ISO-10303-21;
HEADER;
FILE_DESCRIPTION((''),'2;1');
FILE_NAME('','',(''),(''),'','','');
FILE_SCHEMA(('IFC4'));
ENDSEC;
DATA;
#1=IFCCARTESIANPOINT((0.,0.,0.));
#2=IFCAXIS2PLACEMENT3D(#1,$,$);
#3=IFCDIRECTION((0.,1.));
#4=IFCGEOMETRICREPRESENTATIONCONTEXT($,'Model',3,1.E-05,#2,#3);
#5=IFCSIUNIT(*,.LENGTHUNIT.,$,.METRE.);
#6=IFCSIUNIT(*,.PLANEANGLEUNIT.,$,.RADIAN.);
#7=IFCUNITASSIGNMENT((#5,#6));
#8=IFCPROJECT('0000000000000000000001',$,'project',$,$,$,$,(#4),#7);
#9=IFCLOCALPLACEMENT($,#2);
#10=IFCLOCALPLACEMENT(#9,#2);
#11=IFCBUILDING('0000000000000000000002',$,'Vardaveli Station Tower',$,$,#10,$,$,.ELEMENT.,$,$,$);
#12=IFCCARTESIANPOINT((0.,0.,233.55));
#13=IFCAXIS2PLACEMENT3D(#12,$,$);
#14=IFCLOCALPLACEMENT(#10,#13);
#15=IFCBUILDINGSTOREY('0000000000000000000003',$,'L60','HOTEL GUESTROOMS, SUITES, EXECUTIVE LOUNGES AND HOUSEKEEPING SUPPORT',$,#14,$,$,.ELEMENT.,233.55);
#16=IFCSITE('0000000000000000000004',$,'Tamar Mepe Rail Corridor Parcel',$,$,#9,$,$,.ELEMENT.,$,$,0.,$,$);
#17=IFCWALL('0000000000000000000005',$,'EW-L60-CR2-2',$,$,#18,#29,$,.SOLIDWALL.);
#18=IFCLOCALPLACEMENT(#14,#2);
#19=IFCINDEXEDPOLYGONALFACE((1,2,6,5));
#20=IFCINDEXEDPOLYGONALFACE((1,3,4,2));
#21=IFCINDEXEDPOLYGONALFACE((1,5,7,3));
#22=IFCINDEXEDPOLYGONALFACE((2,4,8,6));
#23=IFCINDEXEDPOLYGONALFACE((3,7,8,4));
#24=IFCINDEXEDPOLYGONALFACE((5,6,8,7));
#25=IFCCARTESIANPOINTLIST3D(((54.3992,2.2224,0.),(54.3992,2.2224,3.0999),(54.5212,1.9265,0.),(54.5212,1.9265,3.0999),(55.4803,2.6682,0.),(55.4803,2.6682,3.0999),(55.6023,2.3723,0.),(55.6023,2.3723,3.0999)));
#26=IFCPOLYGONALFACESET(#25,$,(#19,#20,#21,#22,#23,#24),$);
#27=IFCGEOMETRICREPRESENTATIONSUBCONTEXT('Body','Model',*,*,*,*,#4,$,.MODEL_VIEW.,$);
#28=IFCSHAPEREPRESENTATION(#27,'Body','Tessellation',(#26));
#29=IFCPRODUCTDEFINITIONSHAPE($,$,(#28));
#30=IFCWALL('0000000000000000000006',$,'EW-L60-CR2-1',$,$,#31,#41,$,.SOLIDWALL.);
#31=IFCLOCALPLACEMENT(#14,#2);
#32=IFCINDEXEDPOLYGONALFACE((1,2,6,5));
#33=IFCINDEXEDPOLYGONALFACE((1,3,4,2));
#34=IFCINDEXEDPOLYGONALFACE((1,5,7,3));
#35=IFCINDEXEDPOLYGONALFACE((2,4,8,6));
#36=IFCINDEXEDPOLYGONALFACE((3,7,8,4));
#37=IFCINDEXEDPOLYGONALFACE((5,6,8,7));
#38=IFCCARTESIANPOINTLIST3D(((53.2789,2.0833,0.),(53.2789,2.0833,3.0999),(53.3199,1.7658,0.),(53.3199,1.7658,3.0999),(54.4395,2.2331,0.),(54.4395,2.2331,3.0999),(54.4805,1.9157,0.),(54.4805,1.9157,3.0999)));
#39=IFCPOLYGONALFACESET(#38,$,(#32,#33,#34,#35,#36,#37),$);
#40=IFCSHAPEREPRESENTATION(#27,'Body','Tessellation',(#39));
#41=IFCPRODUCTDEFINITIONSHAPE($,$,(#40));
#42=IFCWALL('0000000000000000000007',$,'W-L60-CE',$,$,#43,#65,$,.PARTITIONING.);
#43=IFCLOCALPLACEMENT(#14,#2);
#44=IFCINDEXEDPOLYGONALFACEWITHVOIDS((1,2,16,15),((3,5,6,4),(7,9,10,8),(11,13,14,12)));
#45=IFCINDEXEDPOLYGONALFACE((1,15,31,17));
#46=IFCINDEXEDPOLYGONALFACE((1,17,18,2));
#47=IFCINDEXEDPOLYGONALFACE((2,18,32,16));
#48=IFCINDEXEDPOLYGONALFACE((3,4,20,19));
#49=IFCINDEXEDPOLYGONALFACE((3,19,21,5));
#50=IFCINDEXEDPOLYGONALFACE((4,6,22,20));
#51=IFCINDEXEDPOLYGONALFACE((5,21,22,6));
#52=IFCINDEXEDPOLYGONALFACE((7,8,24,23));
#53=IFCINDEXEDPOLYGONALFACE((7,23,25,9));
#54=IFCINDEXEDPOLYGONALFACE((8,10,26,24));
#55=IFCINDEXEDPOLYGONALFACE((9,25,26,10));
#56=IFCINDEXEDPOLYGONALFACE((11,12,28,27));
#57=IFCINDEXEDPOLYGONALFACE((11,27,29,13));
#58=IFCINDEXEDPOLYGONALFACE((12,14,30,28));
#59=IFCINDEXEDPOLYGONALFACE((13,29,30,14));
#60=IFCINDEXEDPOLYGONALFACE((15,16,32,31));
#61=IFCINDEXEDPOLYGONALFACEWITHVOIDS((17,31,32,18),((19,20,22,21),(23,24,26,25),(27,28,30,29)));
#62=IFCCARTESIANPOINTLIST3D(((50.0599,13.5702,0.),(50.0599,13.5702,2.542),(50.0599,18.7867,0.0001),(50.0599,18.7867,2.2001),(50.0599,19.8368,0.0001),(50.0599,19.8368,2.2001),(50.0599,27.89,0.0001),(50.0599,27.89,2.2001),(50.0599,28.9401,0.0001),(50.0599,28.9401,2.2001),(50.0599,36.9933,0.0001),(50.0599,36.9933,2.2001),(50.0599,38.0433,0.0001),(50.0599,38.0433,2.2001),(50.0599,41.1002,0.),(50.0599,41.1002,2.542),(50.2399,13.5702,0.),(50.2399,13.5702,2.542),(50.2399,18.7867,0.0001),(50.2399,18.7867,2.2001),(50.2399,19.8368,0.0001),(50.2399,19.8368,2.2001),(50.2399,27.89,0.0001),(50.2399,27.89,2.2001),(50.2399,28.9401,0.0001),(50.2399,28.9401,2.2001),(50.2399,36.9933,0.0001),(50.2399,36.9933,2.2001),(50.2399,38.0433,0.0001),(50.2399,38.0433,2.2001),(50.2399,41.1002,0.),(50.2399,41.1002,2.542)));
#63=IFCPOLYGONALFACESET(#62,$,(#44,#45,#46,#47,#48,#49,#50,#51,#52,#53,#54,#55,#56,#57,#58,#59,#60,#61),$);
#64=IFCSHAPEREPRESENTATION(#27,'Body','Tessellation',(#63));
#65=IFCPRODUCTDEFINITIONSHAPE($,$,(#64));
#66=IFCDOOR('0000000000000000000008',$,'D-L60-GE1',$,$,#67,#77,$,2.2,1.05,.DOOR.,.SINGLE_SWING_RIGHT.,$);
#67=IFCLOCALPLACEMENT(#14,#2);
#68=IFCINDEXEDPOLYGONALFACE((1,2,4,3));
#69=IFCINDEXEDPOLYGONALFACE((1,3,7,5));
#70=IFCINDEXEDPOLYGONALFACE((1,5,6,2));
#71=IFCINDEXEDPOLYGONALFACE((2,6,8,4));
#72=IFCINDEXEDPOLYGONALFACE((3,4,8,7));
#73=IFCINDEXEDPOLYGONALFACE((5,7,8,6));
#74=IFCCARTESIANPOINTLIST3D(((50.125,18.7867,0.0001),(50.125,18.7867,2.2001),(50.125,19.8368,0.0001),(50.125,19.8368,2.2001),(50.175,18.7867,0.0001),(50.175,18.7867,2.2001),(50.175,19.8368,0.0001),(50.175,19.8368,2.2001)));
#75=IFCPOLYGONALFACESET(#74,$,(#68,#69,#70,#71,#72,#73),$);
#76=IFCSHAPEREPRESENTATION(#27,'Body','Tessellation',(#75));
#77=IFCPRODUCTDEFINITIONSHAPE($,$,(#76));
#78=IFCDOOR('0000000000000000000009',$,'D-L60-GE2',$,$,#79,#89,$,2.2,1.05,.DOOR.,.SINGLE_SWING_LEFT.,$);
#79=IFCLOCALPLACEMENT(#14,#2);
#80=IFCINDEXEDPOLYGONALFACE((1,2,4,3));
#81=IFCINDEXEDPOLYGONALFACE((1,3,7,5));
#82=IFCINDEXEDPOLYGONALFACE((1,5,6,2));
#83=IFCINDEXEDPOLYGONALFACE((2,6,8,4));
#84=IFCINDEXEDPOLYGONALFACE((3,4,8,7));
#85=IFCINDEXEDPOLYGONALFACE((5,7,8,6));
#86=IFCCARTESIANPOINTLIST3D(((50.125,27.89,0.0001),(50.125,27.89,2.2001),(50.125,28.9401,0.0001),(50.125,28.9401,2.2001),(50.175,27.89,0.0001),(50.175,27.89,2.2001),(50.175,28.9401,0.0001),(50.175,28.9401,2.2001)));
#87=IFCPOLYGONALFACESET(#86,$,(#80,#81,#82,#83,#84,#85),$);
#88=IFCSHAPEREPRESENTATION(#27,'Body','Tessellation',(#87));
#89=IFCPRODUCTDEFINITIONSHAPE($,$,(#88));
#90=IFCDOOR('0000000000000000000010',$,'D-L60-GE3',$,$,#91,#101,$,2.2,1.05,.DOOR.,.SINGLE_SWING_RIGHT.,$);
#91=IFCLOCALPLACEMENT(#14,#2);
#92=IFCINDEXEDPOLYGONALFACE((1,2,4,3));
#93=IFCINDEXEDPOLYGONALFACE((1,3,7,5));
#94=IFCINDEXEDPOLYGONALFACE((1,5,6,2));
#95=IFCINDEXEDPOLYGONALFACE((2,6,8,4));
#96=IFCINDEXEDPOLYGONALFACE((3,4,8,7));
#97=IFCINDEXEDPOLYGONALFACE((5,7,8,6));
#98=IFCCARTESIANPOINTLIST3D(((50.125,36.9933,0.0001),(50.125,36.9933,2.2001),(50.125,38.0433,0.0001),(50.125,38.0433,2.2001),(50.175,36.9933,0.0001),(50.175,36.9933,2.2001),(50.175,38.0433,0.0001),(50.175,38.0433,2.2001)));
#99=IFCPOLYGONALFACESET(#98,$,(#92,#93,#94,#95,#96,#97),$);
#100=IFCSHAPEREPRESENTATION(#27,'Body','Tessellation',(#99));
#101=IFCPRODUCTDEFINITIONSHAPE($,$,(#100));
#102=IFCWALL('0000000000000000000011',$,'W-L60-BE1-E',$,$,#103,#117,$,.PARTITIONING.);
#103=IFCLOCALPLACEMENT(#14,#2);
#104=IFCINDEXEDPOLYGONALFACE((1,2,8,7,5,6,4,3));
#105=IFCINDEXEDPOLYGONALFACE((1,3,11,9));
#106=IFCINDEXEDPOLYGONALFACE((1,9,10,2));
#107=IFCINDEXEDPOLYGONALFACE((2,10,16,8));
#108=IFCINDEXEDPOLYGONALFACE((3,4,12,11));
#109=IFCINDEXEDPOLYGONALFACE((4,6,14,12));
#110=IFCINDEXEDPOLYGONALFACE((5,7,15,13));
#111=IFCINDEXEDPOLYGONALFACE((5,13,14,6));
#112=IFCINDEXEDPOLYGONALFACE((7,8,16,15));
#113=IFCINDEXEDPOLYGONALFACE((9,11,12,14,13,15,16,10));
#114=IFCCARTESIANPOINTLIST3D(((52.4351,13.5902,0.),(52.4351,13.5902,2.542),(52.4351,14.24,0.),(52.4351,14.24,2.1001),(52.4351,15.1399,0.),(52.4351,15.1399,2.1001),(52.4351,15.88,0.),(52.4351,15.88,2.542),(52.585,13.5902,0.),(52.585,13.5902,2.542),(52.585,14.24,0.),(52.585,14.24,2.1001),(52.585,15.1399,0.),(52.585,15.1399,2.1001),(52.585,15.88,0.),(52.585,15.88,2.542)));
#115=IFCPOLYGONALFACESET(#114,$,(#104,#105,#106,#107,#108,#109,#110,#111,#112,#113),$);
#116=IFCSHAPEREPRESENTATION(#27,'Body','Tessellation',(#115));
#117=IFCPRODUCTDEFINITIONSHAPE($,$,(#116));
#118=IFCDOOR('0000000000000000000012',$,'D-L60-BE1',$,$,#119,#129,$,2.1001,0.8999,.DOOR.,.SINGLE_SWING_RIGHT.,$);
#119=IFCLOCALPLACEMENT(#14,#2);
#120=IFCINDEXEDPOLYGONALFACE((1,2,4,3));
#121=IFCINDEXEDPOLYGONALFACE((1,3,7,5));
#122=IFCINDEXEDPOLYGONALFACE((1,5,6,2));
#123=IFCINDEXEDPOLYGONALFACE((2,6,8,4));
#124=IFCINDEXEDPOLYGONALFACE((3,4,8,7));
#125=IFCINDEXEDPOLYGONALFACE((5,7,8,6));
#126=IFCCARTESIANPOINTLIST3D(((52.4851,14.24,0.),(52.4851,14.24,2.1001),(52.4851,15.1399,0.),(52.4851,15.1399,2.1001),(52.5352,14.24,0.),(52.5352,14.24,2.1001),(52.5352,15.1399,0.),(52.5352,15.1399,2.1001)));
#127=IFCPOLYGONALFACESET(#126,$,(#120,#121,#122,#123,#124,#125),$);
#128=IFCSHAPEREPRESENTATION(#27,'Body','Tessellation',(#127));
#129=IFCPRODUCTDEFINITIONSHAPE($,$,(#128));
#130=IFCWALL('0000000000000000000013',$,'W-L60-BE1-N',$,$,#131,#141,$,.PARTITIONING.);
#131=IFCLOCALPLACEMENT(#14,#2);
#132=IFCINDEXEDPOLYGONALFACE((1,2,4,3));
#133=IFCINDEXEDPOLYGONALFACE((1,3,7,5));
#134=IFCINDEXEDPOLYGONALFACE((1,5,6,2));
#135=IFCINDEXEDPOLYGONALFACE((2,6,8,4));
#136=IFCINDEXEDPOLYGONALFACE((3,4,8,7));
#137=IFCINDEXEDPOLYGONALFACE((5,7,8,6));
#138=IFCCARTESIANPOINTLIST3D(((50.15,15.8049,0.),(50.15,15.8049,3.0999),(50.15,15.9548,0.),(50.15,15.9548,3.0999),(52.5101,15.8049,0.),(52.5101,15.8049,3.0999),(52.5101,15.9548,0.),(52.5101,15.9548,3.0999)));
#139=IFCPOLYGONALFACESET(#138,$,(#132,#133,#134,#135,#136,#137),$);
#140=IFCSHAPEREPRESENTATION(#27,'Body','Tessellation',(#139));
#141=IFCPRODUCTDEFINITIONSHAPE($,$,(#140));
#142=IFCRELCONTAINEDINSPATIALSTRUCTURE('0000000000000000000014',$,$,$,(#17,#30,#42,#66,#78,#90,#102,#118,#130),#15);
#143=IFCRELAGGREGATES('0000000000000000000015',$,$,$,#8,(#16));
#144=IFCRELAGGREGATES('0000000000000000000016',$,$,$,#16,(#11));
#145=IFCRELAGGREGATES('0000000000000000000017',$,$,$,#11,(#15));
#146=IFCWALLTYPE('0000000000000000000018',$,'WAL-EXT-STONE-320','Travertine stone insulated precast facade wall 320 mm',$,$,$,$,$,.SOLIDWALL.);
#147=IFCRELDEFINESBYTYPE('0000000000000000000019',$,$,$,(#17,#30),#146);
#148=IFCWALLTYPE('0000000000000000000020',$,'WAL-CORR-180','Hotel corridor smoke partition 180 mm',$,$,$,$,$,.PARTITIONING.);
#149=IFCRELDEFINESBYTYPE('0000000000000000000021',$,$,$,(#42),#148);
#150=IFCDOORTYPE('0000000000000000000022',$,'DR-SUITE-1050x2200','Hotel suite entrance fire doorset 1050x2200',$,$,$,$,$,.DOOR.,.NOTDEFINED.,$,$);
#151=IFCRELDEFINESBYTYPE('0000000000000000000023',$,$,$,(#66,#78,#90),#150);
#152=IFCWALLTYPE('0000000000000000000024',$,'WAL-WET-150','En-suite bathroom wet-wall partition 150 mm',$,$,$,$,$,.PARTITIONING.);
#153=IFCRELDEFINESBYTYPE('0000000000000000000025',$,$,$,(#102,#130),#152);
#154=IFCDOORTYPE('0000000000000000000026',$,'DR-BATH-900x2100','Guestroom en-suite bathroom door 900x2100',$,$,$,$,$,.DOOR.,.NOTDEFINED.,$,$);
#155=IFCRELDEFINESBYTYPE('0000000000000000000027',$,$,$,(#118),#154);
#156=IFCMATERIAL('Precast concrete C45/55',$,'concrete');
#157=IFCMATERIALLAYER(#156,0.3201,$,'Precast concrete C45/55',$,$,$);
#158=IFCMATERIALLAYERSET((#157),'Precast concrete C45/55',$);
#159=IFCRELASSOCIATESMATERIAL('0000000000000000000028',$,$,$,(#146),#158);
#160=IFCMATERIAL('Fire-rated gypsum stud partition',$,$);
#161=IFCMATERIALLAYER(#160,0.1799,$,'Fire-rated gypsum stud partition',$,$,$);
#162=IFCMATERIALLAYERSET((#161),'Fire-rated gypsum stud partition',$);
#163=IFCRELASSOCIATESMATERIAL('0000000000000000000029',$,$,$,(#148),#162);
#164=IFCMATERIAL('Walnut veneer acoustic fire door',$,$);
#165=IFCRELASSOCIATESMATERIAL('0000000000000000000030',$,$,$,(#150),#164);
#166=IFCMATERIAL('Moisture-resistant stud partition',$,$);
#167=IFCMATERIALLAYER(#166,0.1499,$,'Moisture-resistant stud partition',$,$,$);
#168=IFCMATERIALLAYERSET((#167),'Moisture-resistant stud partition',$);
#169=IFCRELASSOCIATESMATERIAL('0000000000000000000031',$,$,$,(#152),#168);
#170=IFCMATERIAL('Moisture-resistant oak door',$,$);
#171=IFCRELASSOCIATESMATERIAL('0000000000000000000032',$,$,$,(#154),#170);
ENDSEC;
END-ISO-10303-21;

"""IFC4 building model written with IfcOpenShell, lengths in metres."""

from ifc_helpers import new_model, si_unit, direction, frame, frame_2d, origin, place, context, subcontext, project, spatial, rectangle, extrude, source, transform, mapped, material, layer, layer_set, type_object, element, fill, save


model = new_model("IFC4")

# Units and contexts
model_context = context("Model", 3, precision=1e-05, world=origin(), true_north=direction((0.0, 1.0)))
body_context = subcontext(model_context, "Body", "Model", "MODEL_VIEW")
ifc_project = project(units=[si_unit("LENGTHUNIT", "METRE"), si_unit("PLANEANGLEUNIT", "RADIAN")], contexts=[model_context])

# Site, building, storey
site_placement = place(None, origin())
site = spatial("IfcSite", under=ifc_project, at=site_placement, Name="Tamar Mepe Rail Corridor Parcel", CompositionType="ELEMENT", RefElevation=0.0)
building_placement = place(site_placement, origin())
building = spatial("IfcBuilding", under=site, at=building_placement, Name="Vardaveli Station Tower", CompositionType="ELEMENT")
storey_placement = place(building_placement, frame((0.0, 0.0, 233.55)))
storey = spatial("IfcBuildingStorey", under=building, at=storey_placement, Name="L60", Description="HOTEL GUESTROOMS, SUITES, EXECUTIVE LOUNGES AND HOUSEKEEPING SUPPORT", CompositionType="ELEMENT", Elevation=233.55)

# Shared definitions
ifc_material_1 = material(Name="Precast concrete C45/55", Category="concrete")

# Shared definitions
ifc_layer_1 = layer(ifc_material_1, 0.3201, Name="Precast concrete C45/55")
ifc_layer_set_1 = layer_set([ifc_layer_1], Name="Precast concrete C45/55")
wall_type_1 = type_object("IfcWallType", Name="WAL-EXT-STONE-320", Description="Travertine stone insulated precast facade wall 320 mm", PredefinedType="SOLIDWALL", material=ifc_layer_set_1)

# Walls
shared_shape_1 = source(origin(), body_context, "Body", "SweptSolid", [
    extrude(rectangle(XDim=1.1694, YDim=0.3201, at=frame_2d((0.5847, 0.0))), origin(), (0.0, 0.0, 1.0), 3.0999),
])
wall_1_placement = place(storey_placement, frame((54.4602, 2.0745, 0.0), z_axis=(0.0, 0.0, 1.0), x_axis=(0.924479, 0.381233, 0.0)))
element("IfcWall", 1, at=wall_1_placement, inside=storey, type_object=wall_type_1, Name="EW-L60-CR2-2", PredefinedType="SOLIDWALL", context=body_context, shape_type="MappedRepresentation", body=[
    mapped(shared_shape_1, transform((0.0, 0.0, 0.0), scale=1.0)),
])
shared_shape_2 = source(origin(), body_context, "Body", "SweptSolid", [
    extrude(rectangle(XDim=1.1702, YDim=0.3201, at=frame_2d((0.585, 0.0))), origin(), (0.0, 0.0, 1.0), 3.0999),
])
wall_2_placement = place(storey_placement, frame((53.2996, 1.9246, 0.0), z_axis=(0.0, 0.0, 1.0), x_axis=(0.991762, 0.12809, 0.0)))
element("IfcWall", 2, at=wall_2_placement, inside=storey, type_object=wall_type_1, Name="EW-L60-CR2-1", PredefinedType="SOLIDWALL", context=body_context, shape_type="MappedRepresentation", body=[
    mapped(shared_shape_2, transform((0.0, 0.0, 0.0), scale=1.0)),
])

# Wall, openings, doors
ifc_material_2 = material(Name="Fire-rated gypsum stud partition")
ifc_layer_2 = layer(ifc_material_2, 0.1799, Name="Fire-rated gypsum stud partition")
ifc_layer_set_2 = layer_set([ifc_layer_2], Name="Fire-rated gypsum stud partition")
wall_type_2 = type_object("IfcWallType", Name="WAL-CORR-180", Description="Hotel corridor smoke partition 180 mm", PredefinedType="PARTITIONING", material=ifc_layer_set_2)
shared_shape_3 = source(origin(), body_context, "Body", "SweptSolid", [
    extrude(rectangle(XDim=27.53, YDim=0.1799, at=frame_2d((13.7651, 0.0))), origin(), (0.0, 0.0, 1.0), 2.542),
])
wall_3_placement = place(storey_placement, frame((50.1499, 13.5701, 0.0), z_axis=(0.0, 0.0, 1.0), x_axis=(0.0, 1.0, 0.0)))
wall_3 = element("IfcWall", 3, at=wall_3_placement, inside=storey, type_object=wall_type_2, Name="W-L60-CE", PredefinedType="PARTITIONING", context=body_context, shape_type="MappedRepresentation", body=[
    mapped(shared_shape_3, transform((0.0, 0.0, 0.0), scale=1.0)),
])
shared_shape_4 = source(origin(), body_context, "Body", "SweptSolid", [
    extrude(rectangle(XDim=1.05, YDim=2.2, at=frame_2d((0.5249, 1.1001))), frame((0.0, 0.1001, 0.0), z_axis=(0.0, -1.0, 0.0), x_axis=(1.0, 0.0, 0.0)), (0.0, 0.0, 1.0), 0.2),
])
opening_1_placement = place(wall_3_placement, frame((5.2168, 0.0, 0.0)))
opening_1 = element("IfcOpeningElement", 4, at=opening_1_placement, cuts=wall_3, PredefinedType="OPENING", context=body_context, shape_type="MappedRepresentation", body=[
    mapped(shared_shape_4, transform((0.0, 0.0, 0.0), scale=1.0)),
])
opening_2_placement = place(wall_3_placement, frame((14.3201, 0.0, 0.0)))
opening_2 = element("IfcOpeningElement", 5, at=opening_2_placement, cuts=wall_3, PredefinedType="OPENING", context=body_context, shape_type="MappedRepresentation", body=[
    mapped(shared_shape_4, transform((0.0, 0.0, 0.0), scale=1.0)),
])
opening_3_placement = place(wall_3_placement, frame((23.4233, 0.0, 0.0)))
opening_3 = element("IfcOpeningElement", 6, at=opening_3_placement, cuts=wall_3, PredefinedType="OPENING", context=body_context, shape_type="MappedRepresentation", body=[
    mapped(shared_shape_4, transform((0.0, 0.0, 0.0), scale=1.0)),
])
ifc_material_3 = material(Name="Walnut veneer acoustic fire door")
door_type_1 = type_object("IfcDoorType", Name="DR-SUITE-1050x2200", Description="Hotel suite entrance fire doorset 1050x2200", OperationType="NOTDEFINED", PredefinedType="DOOR", material=ifc_material_3)
shared_shape_5 = source(origin(), body_context, "Body", "SweptSolid", [
    extrude(rectangle(XDim=1.05, YDim=2.2, at=frame_2d((0.5249, 1.1001))), frame((0.0, 0.0249, 0.0), z_axis=(0.0, -1.0, 0.0), x_axis=(1.0, 0.0, 0.0)), (0.0, 0.0, 1.0), 0.05),
])
door_1_placement = place(opening_1_placement, origin())
door_1 = element("IfcDoor", 7, at=door_1_placement, inside=storey, type_object=door_type_1, Name="D-L60-GE1", OperationType="SINGLE_SWING_RIGHT", OverallHeight=2.2, OverallWidth=1.05, PredefinedType="DOOR", context=body_context, shape_type="MappedRepresentation", body=[
    mapped(shared_shape_5, transform((0.0, 0.0, 0.0), scale=1.0)),
])
fill(opening_1, door_1)
door_2_placement = place(opening_2_placement, origin())
door_2 = element("IfcDoor", 8, at=door_2_placement, inside=storey, type_object=door_type_1, Name="D-L60-GE2", OperationType="SINGLE_SWING_LEFT", OverallHeight=2.2, OverallWidth=1.05, PredefinedType="DOOR", context=body_context, shape_type="MappedRepresentation", body=[
    mapped(shared_shape_5, transform((0.0, 0.0, 0.0), scale=1.0)),
])
fill(opening_2, door_2)
door_3_placement = place(opening_3_placement, origin())
door_3 = element("IfcDoor", 9, at=door_3_placement, inside=storey, type_object=door_type_1, Name="D-L60-GE3", OperationType="SINGLE_SWING_RIGHT", OverallHeight=2.2, OverallWidth=1.05, PredefinedType="DOOR", context=body_context, shape_type="MappedRepresentation", body=[
    mapped(shared_shape_5, transform((0.0, 0.0, 0.0), scale=1.0)),
])
fill(opening_3, door_3)

# Wall, opening, door
ifc_material_4 = material(Name="Moisture-resistant stud partition")
ifc_layer_3 = layer(ifc_material_4, 0.1499, Name="Moisture-resistant stud partition")
ifc_layer_set_3 = layer_set([ifc_layer_3], Name="Moisture-resistant stud partition")
wall_type_3 = type_object("IfcWallType", Name="WAL-WET-150", Description="En-suite bathroom wet-wall partition 150 mm", PredefinedType="PARTITIONING", material=ifc_layer_set_3)
shared_shape_6 = source(origin(), body_context, "Body", "SweptSolid", [
    extrude(rectangle(XDim=2.2898, YDim=0.1499, at=frame_2d((1.145, 0.0))), origin(), (0.0, 0.0, 1.0), 2.542),
])
wall_4_placement = place(storey_placement, frame((52.51, 13.5901, 0.0), z_axis=(0.0, 0.0, 1.0), x_axis=(0.0, 1.0, 0.0)))
wall_4 = element("IfcWall", 10, at=wall_4_placement, inside=storey, type_object=wall_type_3, Name="W-L60-BE1-E", PredefinedType="PARTITIONING", context=body_context, shape_type="MappedRepresentation", body=[
    mapped(shared_shape_6, transform((0.0, 0.0, 0.0), scale=1.0)),
])
shared_shape_7 = source(origin(), body_context, "Body", "SweptSolid", [
    extrude(rectangle(XDim=0.8999, YDim=2.1001, at=frame_2d((0.45, 1.05))), frame((0.0, 0.085, 0.0), z_axis=(0.0, -1.0, 0.0), x_axis=(1.0, 0.0, 0.0)), (0.0, 0.0, 1.0), 0.1699),
])
opening_4_placement = place(wall_4_placement, frame((0.6499, 0.0, 0.0)))
opening_4 = element("IfcOpeningElement", 11, at=opening_4_placement, cuts=wall_4, PredefinedType="OPENING", context=body_context, shape_type="MappedRepresentation", body=[
    mapped(shared_shape_7, transform((0.0, 0.0, 0.0), scale=1.0)),
])
ifc_material_5 = material(Name="Moisture-resistant oak door")
door_type_2 = type_object("IfcDoorType", Name="DR-BATH-900x2100", Description="Guestroom en-suite bathroom door 900x2100", OperationType="NOTDEFINED", PredefinedType="DOOR", material=ifc_material_5)
shared_shape_8 = source(origin(), body_context, "Body", "SweptSolid", [
    extrude(rectangle(XDim=0.8999, YDim=2.1001, at=frame_2d((0.45, 1.05))), frame((0.0, 0.0249, 0.0), z_axis=(0.0, -1.0, 0.0), x_axis=(1.0, 0.0, 0.0)), (0.0, 0.0, 1.0), 0.05),
])
door_4_placement = place(opening_4_placement, origin())
door_4 = element("IfcDoor", 12, at=door_4_placement, inside=storey, type_object=door_type_2, Name="D-L60-BE1", OperationType="SINGLE_SWING_RIGHT", OverallHeight=2.1001, OverallWidth=0.8999, PredefinedType="DOOR", context=body_context, shape_type="MappedRepresentation", body=[
    mapped(shared_shape_8, transform((0.0, 0.0, 0.0), scale=1.0)),
])
fill(opening_4, door_4)

# Wall
shared_shape_9 = source(origin(), body_context, "Body", "SweptSolid", [
    extrude(rectangle(XDim=2.3601, YDim=0.1499, at=frame_2d((1.1802, 0.0))), origin(), (0.0, 0.0, 1.0), 3.0999),
])
wall_5_placement = place(storey_placement, frame((50.1499, 15.8799, 0.0), z_axis=(0.0, 0.0, 1.0), x_axis=(1.0, 0.0, 0.0)))
element("IfcWall", 13, at=wall_5_placement, inside=storey, type_object=wall_type_3, Name="W-L60-BE1-N", PredefinedType="PARTITIONING", context=body_context, shape_type="MappedRepresentation", body=[
    mapped(shared_shape_9, transform((0.0, 0.0, 0.0), scale=1.0)),
])

save(model, "model.ifc")
